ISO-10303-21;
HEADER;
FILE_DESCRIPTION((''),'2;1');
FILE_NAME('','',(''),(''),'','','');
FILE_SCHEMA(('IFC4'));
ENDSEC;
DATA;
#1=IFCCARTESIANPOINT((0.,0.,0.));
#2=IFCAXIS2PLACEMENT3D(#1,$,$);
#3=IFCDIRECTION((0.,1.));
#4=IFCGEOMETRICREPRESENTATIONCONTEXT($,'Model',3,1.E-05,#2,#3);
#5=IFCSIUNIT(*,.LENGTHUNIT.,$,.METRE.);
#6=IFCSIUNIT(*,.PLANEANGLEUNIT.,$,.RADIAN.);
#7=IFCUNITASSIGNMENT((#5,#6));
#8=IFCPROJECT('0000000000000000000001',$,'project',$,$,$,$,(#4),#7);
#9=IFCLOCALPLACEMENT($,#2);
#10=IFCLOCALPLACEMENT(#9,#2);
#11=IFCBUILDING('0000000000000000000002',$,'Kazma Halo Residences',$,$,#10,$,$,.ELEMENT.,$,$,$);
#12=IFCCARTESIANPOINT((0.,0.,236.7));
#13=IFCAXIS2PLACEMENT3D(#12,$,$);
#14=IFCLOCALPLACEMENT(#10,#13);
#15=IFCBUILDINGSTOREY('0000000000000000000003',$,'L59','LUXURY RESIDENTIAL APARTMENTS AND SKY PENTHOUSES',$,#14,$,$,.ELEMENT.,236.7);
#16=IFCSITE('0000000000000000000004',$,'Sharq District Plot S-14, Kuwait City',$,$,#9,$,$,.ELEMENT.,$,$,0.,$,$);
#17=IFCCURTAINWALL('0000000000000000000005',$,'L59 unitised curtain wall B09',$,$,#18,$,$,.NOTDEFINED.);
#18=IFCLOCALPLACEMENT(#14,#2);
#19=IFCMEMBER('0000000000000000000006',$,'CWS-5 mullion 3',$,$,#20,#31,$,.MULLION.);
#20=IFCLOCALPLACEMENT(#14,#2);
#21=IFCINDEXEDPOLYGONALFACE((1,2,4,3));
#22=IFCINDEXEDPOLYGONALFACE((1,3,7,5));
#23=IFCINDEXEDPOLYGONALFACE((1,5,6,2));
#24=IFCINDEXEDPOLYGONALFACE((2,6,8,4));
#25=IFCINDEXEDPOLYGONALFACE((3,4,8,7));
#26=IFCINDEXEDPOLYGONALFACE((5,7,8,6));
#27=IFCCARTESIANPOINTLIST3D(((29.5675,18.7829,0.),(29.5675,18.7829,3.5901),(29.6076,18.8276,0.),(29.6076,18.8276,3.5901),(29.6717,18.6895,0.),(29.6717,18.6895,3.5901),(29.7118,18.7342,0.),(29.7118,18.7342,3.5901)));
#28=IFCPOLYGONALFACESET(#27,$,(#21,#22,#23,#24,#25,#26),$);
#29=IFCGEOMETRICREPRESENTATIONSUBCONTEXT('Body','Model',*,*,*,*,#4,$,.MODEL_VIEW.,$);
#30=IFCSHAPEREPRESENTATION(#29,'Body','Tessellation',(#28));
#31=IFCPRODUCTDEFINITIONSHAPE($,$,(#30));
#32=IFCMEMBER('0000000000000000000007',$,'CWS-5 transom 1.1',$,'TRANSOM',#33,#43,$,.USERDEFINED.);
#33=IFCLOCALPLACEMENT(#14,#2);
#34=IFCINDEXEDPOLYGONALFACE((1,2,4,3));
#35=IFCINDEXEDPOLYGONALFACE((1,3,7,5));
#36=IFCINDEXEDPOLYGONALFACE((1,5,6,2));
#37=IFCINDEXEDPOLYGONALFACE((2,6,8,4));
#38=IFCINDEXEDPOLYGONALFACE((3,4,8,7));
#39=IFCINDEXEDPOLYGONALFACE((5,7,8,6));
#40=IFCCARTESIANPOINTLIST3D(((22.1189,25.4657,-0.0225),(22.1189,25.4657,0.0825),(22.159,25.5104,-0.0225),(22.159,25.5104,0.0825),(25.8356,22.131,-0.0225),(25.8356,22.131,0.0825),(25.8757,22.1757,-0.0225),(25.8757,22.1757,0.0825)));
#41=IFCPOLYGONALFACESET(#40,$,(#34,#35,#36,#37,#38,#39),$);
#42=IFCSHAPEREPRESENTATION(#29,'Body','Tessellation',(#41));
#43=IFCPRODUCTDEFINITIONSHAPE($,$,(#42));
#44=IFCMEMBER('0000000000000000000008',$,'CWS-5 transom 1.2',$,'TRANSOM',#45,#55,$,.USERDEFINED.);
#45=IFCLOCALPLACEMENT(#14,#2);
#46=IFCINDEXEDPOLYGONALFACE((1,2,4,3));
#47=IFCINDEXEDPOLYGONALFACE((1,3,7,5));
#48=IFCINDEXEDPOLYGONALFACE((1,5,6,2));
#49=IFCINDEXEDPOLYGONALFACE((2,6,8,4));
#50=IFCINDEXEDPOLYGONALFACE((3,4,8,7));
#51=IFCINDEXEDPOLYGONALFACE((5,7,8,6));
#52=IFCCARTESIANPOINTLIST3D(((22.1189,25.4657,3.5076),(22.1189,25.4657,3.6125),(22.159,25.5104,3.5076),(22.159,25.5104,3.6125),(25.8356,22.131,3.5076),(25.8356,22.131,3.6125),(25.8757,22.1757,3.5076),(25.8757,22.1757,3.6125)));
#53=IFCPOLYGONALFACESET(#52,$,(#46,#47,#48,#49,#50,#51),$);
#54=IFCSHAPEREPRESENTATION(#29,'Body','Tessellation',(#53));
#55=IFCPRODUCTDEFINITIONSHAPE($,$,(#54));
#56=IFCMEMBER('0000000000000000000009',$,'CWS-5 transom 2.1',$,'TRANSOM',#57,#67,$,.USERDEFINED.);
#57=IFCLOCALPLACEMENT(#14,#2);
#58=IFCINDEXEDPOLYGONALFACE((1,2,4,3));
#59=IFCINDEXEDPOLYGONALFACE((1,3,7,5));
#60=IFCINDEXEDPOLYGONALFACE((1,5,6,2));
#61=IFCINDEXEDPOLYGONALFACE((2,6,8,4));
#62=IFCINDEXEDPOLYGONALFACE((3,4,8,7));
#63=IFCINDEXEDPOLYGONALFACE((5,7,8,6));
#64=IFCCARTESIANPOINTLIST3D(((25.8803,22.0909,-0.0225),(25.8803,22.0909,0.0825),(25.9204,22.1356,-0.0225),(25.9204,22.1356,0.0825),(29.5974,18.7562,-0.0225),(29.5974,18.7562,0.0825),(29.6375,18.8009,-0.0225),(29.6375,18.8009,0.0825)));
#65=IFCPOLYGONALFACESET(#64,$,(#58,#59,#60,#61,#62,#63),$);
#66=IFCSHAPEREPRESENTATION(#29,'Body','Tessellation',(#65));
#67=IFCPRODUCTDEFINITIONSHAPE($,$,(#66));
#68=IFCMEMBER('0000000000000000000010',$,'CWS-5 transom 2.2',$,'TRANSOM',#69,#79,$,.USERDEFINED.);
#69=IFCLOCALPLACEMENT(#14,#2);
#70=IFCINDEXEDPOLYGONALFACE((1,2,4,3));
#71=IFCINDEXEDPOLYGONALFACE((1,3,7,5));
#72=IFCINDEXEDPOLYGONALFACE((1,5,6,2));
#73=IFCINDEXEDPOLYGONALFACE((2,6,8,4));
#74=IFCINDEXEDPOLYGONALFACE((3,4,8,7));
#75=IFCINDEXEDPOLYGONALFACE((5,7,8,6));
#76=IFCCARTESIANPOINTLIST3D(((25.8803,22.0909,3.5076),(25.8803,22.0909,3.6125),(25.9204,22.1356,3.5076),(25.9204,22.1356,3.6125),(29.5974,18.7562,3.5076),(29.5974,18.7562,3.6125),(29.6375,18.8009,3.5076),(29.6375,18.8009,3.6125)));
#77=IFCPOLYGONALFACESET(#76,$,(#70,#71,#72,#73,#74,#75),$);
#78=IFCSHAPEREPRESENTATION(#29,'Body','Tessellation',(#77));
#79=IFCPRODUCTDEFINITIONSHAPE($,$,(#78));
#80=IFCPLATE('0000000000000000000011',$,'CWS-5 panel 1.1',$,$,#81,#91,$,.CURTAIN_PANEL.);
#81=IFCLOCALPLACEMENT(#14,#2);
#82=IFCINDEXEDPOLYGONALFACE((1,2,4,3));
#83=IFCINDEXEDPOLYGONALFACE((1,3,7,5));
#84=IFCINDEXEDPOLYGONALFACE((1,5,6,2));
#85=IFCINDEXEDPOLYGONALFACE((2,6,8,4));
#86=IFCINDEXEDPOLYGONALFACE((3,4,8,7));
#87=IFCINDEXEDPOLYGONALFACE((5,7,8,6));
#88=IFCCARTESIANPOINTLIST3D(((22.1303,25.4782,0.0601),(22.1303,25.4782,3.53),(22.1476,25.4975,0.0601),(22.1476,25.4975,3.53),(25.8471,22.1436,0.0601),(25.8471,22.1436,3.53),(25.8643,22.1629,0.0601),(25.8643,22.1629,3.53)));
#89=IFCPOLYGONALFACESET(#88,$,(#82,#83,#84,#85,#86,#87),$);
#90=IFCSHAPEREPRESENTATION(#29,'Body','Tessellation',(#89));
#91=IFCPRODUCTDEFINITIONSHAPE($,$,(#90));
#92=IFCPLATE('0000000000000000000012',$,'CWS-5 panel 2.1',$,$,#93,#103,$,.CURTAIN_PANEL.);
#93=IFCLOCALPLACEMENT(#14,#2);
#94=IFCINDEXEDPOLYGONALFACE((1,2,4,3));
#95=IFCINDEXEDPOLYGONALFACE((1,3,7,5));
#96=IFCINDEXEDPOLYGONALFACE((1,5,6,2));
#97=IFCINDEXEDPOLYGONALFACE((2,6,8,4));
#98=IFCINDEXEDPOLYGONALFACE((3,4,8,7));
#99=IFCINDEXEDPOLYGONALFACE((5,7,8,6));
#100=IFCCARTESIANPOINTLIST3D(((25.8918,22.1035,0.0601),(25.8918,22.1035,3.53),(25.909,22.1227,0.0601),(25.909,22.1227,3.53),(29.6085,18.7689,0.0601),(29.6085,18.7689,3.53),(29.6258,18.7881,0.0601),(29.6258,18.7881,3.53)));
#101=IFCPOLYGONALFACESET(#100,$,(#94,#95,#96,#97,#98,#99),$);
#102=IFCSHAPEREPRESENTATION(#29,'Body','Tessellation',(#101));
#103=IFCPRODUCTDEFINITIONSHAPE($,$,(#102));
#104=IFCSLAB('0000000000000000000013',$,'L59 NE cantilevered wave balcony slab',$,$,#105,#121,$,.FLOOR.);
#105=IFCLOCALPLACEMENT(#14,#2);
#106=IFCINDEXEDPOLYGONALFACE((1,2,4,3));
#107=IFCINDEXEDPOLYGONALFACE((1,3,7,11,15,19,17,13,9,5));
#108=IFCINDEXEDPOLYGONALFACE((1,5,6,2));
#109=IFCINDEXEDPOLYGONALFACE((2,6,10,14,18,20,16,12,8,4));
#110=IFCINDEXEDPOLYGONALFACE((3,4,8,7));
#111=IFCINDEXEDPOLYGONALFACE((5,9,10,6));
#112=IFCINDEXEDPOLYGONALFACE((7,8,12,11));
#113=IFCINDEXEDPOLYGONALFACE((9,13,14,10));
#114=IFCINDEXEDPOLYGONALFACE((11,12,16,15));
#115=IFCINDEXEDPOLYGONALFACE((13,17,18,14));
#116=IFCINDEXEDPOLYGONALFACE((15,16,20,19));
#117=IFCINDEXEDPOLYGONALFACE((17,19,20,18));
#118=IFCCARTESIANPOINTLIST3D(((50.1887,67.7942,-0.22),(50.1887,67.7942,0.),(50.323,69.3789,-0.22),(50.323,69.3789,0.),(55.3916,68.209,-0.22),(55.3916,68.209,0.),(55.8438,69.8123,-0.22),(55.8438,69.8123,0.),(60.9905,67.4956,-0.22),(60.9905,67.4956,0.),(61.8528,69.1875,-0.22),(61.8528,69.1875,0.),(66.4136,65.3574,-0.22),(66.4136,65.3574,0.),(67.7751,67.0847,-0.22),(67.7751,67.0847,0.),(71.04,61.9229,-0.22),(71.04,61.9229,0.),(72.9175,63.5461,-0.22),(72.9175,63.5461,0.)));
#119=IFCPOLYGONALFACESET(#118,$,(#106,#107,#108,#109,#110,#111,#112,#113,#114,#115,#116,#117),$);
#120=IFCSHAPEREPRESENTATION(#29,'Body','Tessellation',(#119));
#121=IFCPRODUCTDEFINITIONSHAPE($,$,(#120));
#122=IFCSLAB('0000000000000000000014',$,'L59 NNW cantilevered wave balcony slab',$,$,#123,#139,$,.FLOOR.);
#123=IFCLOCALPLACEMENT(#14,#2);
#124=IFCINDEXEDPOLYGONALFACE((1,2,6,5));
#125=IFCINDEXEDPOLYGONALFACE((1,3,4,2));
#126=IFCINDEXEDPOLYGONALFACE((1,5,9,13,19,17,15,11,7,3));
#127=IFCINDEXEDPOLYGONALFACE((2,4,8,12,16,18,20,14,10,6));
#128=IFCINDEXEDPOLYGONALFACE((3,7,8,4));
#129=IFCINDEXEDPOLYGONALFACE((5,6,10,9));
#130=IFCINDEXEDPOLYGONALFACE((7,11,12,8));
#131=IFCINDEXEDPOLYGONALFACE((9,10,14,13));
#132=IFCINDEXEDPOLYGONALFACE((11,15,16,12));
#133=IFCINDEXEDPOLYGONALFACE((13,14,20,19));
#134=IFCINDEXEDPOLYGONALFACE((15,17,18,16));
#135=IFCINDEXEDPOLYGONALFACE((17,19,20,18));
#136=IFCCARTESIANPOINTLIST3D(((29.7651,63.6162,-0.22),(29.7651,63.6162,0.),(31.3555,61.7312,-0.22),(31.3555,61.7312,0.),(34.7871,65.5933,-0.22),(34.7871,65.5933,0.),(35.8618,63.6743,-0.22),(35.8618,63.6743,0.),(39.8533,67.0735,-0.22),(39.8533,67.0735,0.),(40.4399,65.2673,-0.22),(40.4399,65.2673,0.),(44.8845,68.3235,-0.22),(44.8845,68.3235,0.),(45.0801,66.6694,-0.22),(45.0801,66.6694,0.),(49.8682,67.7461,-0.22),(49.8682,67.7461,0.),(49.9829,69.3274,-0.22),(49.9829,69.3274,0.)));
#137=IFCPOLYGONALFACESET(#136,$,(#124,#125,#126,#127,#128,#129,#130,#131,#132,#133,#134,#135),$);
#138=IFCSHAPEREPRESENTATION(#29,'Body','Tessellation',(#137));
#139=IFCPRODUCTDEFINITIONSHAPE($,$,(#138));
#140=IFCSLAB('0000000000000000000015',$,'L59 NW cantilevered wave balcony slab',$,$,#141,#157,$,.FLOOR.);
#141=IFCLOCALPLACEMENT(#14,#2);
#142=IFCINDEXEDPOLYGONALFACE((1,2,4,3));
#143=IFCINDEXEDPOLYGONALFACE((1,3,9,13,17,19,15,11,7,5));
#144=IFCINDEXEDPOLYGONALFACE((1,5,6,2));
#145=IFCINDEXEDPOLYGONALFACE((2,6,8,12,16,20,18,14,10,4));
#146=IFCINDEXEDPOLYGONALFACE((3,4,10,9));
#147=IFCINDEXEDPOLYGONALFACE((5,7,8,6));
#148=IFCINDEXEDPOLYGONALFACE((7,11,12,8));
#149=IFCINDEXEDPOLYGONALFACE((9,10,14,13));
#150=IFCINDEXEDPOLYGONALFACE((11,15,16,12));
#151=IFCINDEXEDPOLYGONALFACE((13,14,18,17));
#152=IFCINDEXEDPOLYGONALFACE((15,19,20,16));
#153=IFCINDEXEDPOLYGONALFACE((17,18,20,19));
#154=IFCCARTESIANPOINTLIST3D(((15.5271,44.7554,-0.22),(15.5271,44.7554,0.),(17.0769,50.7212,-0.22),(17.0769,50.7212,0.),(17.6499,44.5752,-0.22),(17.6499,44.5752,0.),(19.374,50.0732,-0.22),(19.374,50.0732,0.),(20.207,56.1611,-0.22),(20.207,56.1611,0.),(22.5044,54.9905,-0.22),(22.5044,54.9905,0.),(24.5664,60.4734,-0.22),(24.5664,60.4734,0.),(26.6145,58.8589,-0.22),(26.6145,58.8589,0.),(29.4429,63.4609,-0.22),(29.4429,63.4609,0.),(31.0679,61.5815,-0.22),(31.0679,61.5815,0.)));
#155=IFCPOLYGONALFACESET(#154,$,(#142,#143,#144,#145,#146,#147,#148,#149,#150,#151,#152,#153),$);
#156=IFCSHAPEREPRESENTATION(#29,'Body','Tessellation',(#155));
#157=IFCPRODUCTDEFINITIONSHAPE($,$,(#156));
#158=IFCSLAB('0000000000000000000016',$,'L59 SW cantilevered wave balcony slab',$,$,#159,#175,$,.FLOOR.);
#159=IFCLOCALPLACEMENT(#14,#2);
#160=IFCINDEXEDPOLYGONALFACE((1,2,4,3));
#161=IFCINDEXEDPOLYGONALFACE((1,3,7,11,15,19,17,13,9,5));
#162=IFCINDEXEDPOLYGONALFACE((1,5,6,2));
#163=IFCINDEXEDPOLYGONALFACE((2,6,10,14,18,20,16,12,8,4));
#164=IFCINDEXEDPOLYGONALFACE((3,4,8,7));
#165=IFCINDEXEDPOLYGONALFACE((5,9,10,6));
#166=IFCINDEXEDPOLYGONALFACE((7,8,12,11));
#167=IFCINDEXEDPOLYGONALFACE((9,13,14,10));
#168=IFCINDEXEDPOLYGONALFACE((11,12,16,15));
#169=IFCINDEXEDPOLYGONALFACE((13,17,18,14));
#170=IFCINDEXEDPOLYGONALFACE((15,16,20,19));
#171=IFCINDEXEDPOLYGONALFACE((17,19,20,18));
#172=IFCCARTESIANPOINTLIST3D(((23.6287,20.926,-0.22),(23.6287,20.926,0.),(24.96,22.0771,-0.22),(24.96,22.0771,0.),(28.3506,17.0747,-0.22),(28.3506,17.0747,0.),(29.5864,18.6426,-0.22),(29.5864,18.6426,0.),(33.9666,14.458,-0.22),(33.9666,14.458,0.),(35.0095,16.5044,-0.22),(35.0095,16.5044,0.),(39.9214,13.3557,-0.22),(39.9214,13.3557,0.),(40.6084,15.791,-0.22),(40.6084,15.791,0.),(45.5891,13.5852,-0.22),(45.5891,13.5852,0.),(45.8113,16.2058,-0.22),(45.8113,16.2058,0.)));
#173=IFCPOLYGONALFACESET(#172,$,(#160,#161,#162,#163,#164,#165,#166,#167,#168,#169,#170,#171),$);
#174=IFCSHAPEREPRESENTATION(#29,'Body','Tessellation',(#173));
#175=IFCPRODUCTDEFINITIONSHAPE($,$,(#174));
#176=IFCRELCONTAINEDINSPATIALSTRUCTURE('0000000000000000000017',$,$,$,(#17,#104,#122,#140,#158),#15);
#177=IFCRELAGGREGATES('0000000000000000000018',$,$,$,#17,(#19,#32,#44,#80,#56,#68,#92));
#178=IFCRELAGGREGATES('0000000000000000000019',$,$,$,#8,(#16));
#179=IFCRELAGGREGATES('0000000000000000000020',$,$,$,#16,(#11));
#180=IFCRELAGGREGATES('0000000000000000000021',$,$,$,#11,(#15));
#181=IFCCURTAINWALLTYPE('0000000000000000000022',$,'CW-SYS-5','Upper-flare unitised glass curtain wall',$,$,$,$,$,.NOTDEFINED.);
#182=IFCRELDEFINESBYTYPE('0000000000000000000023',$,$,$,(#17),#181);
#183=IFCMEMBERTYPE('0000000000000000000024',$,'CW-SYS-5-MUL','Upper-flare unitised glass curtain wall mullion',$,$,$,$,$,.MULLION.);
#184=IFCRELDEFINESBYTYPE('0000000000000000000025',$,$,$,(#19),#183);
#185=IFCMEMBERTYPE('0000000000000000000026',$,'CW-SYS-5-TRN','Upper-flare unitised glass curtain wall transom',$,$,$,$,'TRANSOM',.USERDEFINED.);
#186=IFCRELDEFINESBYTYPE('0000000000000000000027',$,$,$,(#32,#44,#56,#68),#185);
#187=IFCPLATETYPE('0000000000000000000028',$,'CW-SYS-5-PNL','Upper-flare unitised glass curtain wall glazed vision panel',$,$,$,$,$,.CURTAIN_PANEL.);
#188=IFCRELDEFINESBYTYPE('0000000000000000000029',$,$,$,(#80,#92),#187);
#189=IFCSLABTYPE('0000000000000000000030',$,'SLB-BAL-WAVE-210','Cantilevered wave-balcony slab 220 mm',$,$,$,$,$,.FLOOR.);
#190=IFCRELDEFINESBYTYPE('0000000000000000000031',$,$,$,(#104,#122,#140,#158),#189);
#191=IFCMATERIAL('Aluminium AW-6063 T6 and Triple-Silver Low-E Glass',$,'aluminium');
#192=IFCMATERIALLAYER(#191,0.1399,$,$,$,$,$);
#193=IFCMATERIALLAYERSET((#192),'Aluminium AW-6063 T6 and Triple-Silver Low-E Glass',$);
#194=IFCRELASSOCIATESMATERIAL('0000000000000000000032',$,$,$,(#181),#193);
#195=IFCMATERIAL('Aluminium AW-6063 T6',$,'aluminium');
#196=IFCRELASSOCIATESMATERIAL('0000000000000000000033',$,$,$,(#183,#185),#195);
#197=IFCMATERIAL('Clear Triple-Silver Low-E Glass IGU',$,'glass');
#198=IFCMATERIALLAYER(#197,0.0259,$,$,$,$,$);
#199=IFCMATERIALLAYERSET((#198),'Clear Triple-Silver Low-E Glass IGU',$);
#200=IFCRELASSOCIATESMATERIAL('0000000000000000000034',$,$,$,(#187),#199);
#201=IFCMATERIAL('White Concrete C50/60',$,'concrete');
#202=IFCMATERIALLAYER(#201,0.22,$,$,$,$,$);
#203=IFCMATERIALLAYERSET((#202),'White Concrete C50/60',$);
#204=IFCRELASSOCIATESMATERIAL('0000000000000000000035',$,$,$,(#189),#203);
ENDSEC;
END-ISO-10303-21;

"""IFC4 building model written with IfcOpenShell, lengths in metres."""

from ifc_helpers import new_model, si_unit, direction, frame, origin, origin_2d, place, context, subcontext, project, spatial, polyline, rectangle, outline, extrude, material, layer, layer_set, material_profile, profile_set, type_object, element, aggregate, save


model = new_model("IFC4")

# Units and contexts
model_context = context("Model", 3, precision=1e-05, world=origin(), true_north=direction((0.0, 1.0)))
body_context = subcontext(model_context, "Body", "Model", "MODEL_VIEW")
ifc_project = project(units=[si_unit("LENGTHUNIT", "METRE"), si_unit("PLANEANGLEUNIT", "RADIAN")], contexts=[model_context])

# Site, building, storey
site_placement = place(None, origin())
site = spatial("IfcSite", under=ifc_project, at=site_placement, Name="Sharq District Plot S-14, Kuwait City", CompositionType="ELEMENT", RefElevation=0.0)
building_placement = place(site_placement, origin())
building = spatial("IfcBuilding", under=site, at=building_placement, Name="Kazma Halo Residences", CompositionType="ELEMENT")
storey_placement = place(building_placement, frame((0.0, 0.0, 236.7)))
storey = spatial("IfcBuildingStorey", under=building, at=storey_placement, Name="L59", Description="LUXURY RESIDENTIAL APARTMENTS AND SKY PENTHOUSES", CompositionType="ELEMENT", Elevation=236.7)

# Shared definitions
ifc_material_1 = material(Name="Aluminium AW-6063 T6 and Triple-Silver Low-E Glass", Category="aluminium")
ifc_layer_1 = layer(ifc_material_1, 0.1399)
ifc_layer_set_1 = layer_set([ifc_layer_1], Name="Aluminium AW-6063 T6 and Triple-Silver Low-E Glass")
curtain_wall_type = type_object("IfcCurtainWallType", Name="CW-SYS-5", Description="Upper-flare unitised glass curtain wall", PredefinedType="NOTDEFINED", material=ifc_layer_set_1)
ifc_material_2 = material(Name="Aluminium AW-6063 T6", Category="aluminium")
ifc_material_profile_1 = material_profile(ifc_material_2, rectangle(XDim=0.0601, YDim=0.1399, at=origin_2d()), Name="CWM-60x140")
ifc_profile_set_1 = profile_set([ifc_material_profile_1], Name="Aluminium AW-6063 T6")
member_type_1 = type_object("IfcMemberType", Name="CW-SYS-5-MUL", Description="Upper-flare unitised glass curtain wall mullion", PredefinedType="MULLION", material=ifc_profile_set_1)

# Curtain wall, members, plates
curtain_wall_1_placement = place(storey_placement, origin())
curtain_wall_1 = element("IfcCurtainWall", 1, at=curtain_wall_1_placement, inside=storey, type_object=curtain_wall_type, Name="L59 unitised curtain wall B09", PredefinedType="NOTDEFINED")
member_1_placement = place(storey_placement, frame((29.6396, 18.7585, 0.0), z_axis=(0.0, 0.0, 1.0), x_axis=(0.667805, 0.744336, 0.0)))
member_1 = element("IfcMember", 2, at=member_1_placement, type_object=member_type_1, Name="CWS-5 mullion 3", PredefinedType="MULLION", context=body_context, shape_type="SweptSolid", body=[
    extrude(rectangle(XDim=0.0601, YDim=0.1399, at=origin_2d()), origin(), (0.0, 0.0, 1.0), 3.5901),
])
ifc_material_profile_2 = material_profile(ifc_material_2, rectangle(XDim=0.0601, YDim=0.105, at=origin_2d()), Name="CWT-60x105")
ifc_profile_set_2 = profile_set([ifc_material_profile_2], Name="Aluminium AW-6063 T6")
member_type_2 = type_object("IfcMemberType", Name="CW-SYS-5-TRN", Description="Upper-flare unitised glass curtain wall transom", ElementType="TRANSOM", PredefinedType="USERDEFINED", material=ifc_profile_set_2)
member_2_placement = place(storey_placement, frame((22.1389, 25.488, 0.03), z_axis=(0.744329, -0.667813, 0.0), x_axis=(0.667813, 0.744329, 0.0)))
member_2 = element("IfcMember", 3, at=member_2_placement, type_object=member_type_2, Name="CWS-5 transom 1.1", ObjectType="TRANSOM", PredefinedType="USERDEFINED", context=body_context, shape_type="SweptSolid", body=[
    extrude(rectangle(XDim=0.0601, YDim=0.105, at=origin_2d()), origin(), (0.0, 0.0, 1.0), 4.9934),
])
member_3_placement = place(storey_placement, frame((22.1389, 25.488, 3.5601), z_axis=(0.744329, -0.667813, 0.0), x_axis=(0.667813, 0.744329, 0.0)))
member_3 = element("IfcMember", 4, at=member_3_placement, type_object=member_type_2, Name="CWS-5 transom 1.2", ObjectType="TRANSOM", PredefinedType="USERDEFINED", context=body_context, shape_type="SweptSolid", body=[
    extrude(rectangle(XDim=0.0601, YDim=0.105, at=origin_2d()), origin(), (0.0, 0.0, 1.0), 4.9934),
])
member_4_placement = place(storey_placement, frame((25.9004, 22.1133, 0.03), z_axis=(0.744351, -0.667789, 0.0), x_axis=(0.667789, 0.744351, 0.0)))
member_4 = element("IfcMember", 5, at=member_4_placement, type_object=member_type_2, Name="CWS-5 transom 2.1", ObjectType="TRANSOM", PredefinedType="USERDEFINED", context=body_context, shape_type="SweptSolid", body=[
    extrude(rectangle(XDim=0.0601, YDim=0.105, at=origin_2d()), origin(), (0.0, 0.0, 1.0), 4.9937),
])
member_5_placement = place(storey_placement, frame((25.9004, 22.1133, 3.5601), z_axis=(0.744351, -0.667789, 0.0), x_axis=(0.667789, 0.744351, 0.0)))
member_5 = element("IfcMember", 6, at=member_5_placement, type_object=member_type_2, Name="CWS-5 transom 2.2", ObjectType="TRANSOM", PredefinedType="USERDEFINED", context=body_context, shape_type="SweptSolid", body=[
    extrude(rectangle(XDim=0.0601, YDim=0.105, at=origin_2d()), origin(), (0.0, 0.0, 1.0), 4.9937),
])
ifc_material_3 = material(Name="Clear Triple-Silver Low-E Glass IGU", Category="glass")
ifc_layer_2 = layer(ifc_material_3, 0.0259)
ifc_layer_set_2 = layer_set([ifc_layer_2], Name="Clear Triple-Silver Low-E Glass IGU")
plate_type = type_object("IfcPlateType", Name="CW-SYS-5-PNL", Description="Upper-flare unitised glass curtain wall glazed vision panel", PredefinedType="CURTAIN_PANEL", material=ifc_layer_set_2)
plate_1_placement = place(storey_placement, frame((23.9973, 23.8206, 0.0601), z_axis=(0.0, 0.0, 1.0), x_axis=(0.744336, -0.667805, 0.0)))
plate_1 = element("IfcPlate", 7, at=plate_1_placement, type_object=plate_type, Name="CWS-5 panel 1.1", PredefinedType="CURTAIN_PANEL", context=body_context, shape_type="SweptSolid", body=[
    extrude(rectangle(XDim=4.9934, YDim=0.0259, at=origin_2d()), origin(), (0.0, 0.0, 1.0), 3.47),
])
plate_2_placement = place(storey_placement, frame((27.7588, 20.4458, 0.0601), z_axis=(0.0, 0.0, 1.0), x_axis=(0.744336, -0.667805, 0.0)))
plate_2 = element("IfcPlate", 8, at=plate_2_placement, type_object=plate_type, Name="CWS-5 panel 2.1", PredefinedType="CURTAIN_PANEL", context=body_context, shape_type="SweptSolid", body=[
    extrude(rectangle(XDim=4.9934, YDim=0.0259, at=origin_2d()), origin(), (0.0, 0.0, 1.0), 3.47),
])
aggregate(curtain_wall_1, [member_1, member_2, member_3, plate_1, member_4, member_5, plate_2])

# Slabs
ifc_material_4 = material(Name="White Concrete C50/60", Category="concrete")
ifc_layer_3 = layer(ifc_material_4, 0.22)
ifc_layer_set_3 = layer_set([ifc_layer_3], Name="White Concrete C50/60")
slab_type_1 = type_object("IfcSlabType", Name="SLB-BAL-WAVE-210", Description="Cantilevered wave-balcony slab 220 mm", PredefinedType="FLOOR", material=ifc_layer_set_3)
slab_1_placement = place(storey_placement, frame((0.0, 0.0, -0.22)))
element("IfcSlab", 9, at=slab_1_placement, inside=storey, type_object=slab_type_1, Name="L59 NE cantilevered wave balcony slab", PredefinedType="FLOOR", context=body_context, shape_type="SweptSolid", body=[
    extrude(outline(polyline([(71.04, 61.9229), (66.4136, 65.3574), (60.9905, 67.4956), (55.3916, 68.209), (50.1887, 67.7942), (50.323, 69.3789), (55.8438, 69.8123), (61.8528, 69.1875), (67.7751, 67.0847), (72.9175, 63.5461), (71.04, 61.9229)])), origin(), (0.0, 0.0, 1.0), 0.22),
])
slab_2_placement = place(storey_placement, frame((0.0, 0.0, -0.22)))
element("IfcSlab", 10, at=slab_2_placement, inside=storey, type_object=slab_type_1, Name="L59 NNW cantilevered wave balcony slab", PredefinedType="FLOOR", context=body_context, shape_type="SweptSolid", body=[
    extrude(outline(polyline([(49.8682, 67.7461), (45.0801, 66.6694), (40.4399, 65.2673), (35.8618, 63.6743), (31.3555, 61.7312), (29.7651, 63.6162), (34.7871, 65.5933), (39.8533, 67.0735), (44.8845, 68.3235), (49.9829, 69.3274), (49.8682, 67.7461)])), origin(), (0.0, 0.0, 1.0), 0.22),
])
slab_3_placement = place(storey_placement, frame((0.0, 0.0, -0.22)))
element("IfcSlab", 11, at=slab_3_placement, inside=storey, type_object=slab_type_1, Name="L59 NW cantilevered wave balcony slab", PredefinedType="FLOOR", context=body_context, shape_type="SweptSolid", body=[
    extrude(outline(polyline([(31.0679, 61.5815), (26.6145, 58.8589), (22.5044, 54.9905), (19.374, 50.0732), (17.6499, 44.5752), (15.5271, 44.7554), (17.0769, 50.7212), (20.207, 56.1611), (24.5664, 60.4734), (29.4429, 63.4609), (31.0679, 61.5815)])), origin(), (0.0, 0.0, 1.0), 0.22),
])
slab_4_placement = place(storey_placement, frame((0.0, 0.0, -0.22)))
element("IfcSlab", 12, at=slab_4_placement, inside=storey, type_object=slab_type_1, Name="L59 SW cantilevered wave balcony slab", PredefinedType="FLOOR", context=body_context, shape_type="SweptSolid", body=[
    extrude(outline(polyline([(24.96, 22.0771), (29.5864, 18.6426), (35.0095, 16.5044), (40.6084, 15.791), (45.8113, 16.2058), (45.5891, 13.5852), (39.9214, 13.3557), (33.9666, 14.458), (28.3506, 17.0747), (23.6287, 20.926), (24.96, 22.0771)])), origin(), (0.0, 0.0, 1.0), 0.22),
])

save(model, "model.ifc")
